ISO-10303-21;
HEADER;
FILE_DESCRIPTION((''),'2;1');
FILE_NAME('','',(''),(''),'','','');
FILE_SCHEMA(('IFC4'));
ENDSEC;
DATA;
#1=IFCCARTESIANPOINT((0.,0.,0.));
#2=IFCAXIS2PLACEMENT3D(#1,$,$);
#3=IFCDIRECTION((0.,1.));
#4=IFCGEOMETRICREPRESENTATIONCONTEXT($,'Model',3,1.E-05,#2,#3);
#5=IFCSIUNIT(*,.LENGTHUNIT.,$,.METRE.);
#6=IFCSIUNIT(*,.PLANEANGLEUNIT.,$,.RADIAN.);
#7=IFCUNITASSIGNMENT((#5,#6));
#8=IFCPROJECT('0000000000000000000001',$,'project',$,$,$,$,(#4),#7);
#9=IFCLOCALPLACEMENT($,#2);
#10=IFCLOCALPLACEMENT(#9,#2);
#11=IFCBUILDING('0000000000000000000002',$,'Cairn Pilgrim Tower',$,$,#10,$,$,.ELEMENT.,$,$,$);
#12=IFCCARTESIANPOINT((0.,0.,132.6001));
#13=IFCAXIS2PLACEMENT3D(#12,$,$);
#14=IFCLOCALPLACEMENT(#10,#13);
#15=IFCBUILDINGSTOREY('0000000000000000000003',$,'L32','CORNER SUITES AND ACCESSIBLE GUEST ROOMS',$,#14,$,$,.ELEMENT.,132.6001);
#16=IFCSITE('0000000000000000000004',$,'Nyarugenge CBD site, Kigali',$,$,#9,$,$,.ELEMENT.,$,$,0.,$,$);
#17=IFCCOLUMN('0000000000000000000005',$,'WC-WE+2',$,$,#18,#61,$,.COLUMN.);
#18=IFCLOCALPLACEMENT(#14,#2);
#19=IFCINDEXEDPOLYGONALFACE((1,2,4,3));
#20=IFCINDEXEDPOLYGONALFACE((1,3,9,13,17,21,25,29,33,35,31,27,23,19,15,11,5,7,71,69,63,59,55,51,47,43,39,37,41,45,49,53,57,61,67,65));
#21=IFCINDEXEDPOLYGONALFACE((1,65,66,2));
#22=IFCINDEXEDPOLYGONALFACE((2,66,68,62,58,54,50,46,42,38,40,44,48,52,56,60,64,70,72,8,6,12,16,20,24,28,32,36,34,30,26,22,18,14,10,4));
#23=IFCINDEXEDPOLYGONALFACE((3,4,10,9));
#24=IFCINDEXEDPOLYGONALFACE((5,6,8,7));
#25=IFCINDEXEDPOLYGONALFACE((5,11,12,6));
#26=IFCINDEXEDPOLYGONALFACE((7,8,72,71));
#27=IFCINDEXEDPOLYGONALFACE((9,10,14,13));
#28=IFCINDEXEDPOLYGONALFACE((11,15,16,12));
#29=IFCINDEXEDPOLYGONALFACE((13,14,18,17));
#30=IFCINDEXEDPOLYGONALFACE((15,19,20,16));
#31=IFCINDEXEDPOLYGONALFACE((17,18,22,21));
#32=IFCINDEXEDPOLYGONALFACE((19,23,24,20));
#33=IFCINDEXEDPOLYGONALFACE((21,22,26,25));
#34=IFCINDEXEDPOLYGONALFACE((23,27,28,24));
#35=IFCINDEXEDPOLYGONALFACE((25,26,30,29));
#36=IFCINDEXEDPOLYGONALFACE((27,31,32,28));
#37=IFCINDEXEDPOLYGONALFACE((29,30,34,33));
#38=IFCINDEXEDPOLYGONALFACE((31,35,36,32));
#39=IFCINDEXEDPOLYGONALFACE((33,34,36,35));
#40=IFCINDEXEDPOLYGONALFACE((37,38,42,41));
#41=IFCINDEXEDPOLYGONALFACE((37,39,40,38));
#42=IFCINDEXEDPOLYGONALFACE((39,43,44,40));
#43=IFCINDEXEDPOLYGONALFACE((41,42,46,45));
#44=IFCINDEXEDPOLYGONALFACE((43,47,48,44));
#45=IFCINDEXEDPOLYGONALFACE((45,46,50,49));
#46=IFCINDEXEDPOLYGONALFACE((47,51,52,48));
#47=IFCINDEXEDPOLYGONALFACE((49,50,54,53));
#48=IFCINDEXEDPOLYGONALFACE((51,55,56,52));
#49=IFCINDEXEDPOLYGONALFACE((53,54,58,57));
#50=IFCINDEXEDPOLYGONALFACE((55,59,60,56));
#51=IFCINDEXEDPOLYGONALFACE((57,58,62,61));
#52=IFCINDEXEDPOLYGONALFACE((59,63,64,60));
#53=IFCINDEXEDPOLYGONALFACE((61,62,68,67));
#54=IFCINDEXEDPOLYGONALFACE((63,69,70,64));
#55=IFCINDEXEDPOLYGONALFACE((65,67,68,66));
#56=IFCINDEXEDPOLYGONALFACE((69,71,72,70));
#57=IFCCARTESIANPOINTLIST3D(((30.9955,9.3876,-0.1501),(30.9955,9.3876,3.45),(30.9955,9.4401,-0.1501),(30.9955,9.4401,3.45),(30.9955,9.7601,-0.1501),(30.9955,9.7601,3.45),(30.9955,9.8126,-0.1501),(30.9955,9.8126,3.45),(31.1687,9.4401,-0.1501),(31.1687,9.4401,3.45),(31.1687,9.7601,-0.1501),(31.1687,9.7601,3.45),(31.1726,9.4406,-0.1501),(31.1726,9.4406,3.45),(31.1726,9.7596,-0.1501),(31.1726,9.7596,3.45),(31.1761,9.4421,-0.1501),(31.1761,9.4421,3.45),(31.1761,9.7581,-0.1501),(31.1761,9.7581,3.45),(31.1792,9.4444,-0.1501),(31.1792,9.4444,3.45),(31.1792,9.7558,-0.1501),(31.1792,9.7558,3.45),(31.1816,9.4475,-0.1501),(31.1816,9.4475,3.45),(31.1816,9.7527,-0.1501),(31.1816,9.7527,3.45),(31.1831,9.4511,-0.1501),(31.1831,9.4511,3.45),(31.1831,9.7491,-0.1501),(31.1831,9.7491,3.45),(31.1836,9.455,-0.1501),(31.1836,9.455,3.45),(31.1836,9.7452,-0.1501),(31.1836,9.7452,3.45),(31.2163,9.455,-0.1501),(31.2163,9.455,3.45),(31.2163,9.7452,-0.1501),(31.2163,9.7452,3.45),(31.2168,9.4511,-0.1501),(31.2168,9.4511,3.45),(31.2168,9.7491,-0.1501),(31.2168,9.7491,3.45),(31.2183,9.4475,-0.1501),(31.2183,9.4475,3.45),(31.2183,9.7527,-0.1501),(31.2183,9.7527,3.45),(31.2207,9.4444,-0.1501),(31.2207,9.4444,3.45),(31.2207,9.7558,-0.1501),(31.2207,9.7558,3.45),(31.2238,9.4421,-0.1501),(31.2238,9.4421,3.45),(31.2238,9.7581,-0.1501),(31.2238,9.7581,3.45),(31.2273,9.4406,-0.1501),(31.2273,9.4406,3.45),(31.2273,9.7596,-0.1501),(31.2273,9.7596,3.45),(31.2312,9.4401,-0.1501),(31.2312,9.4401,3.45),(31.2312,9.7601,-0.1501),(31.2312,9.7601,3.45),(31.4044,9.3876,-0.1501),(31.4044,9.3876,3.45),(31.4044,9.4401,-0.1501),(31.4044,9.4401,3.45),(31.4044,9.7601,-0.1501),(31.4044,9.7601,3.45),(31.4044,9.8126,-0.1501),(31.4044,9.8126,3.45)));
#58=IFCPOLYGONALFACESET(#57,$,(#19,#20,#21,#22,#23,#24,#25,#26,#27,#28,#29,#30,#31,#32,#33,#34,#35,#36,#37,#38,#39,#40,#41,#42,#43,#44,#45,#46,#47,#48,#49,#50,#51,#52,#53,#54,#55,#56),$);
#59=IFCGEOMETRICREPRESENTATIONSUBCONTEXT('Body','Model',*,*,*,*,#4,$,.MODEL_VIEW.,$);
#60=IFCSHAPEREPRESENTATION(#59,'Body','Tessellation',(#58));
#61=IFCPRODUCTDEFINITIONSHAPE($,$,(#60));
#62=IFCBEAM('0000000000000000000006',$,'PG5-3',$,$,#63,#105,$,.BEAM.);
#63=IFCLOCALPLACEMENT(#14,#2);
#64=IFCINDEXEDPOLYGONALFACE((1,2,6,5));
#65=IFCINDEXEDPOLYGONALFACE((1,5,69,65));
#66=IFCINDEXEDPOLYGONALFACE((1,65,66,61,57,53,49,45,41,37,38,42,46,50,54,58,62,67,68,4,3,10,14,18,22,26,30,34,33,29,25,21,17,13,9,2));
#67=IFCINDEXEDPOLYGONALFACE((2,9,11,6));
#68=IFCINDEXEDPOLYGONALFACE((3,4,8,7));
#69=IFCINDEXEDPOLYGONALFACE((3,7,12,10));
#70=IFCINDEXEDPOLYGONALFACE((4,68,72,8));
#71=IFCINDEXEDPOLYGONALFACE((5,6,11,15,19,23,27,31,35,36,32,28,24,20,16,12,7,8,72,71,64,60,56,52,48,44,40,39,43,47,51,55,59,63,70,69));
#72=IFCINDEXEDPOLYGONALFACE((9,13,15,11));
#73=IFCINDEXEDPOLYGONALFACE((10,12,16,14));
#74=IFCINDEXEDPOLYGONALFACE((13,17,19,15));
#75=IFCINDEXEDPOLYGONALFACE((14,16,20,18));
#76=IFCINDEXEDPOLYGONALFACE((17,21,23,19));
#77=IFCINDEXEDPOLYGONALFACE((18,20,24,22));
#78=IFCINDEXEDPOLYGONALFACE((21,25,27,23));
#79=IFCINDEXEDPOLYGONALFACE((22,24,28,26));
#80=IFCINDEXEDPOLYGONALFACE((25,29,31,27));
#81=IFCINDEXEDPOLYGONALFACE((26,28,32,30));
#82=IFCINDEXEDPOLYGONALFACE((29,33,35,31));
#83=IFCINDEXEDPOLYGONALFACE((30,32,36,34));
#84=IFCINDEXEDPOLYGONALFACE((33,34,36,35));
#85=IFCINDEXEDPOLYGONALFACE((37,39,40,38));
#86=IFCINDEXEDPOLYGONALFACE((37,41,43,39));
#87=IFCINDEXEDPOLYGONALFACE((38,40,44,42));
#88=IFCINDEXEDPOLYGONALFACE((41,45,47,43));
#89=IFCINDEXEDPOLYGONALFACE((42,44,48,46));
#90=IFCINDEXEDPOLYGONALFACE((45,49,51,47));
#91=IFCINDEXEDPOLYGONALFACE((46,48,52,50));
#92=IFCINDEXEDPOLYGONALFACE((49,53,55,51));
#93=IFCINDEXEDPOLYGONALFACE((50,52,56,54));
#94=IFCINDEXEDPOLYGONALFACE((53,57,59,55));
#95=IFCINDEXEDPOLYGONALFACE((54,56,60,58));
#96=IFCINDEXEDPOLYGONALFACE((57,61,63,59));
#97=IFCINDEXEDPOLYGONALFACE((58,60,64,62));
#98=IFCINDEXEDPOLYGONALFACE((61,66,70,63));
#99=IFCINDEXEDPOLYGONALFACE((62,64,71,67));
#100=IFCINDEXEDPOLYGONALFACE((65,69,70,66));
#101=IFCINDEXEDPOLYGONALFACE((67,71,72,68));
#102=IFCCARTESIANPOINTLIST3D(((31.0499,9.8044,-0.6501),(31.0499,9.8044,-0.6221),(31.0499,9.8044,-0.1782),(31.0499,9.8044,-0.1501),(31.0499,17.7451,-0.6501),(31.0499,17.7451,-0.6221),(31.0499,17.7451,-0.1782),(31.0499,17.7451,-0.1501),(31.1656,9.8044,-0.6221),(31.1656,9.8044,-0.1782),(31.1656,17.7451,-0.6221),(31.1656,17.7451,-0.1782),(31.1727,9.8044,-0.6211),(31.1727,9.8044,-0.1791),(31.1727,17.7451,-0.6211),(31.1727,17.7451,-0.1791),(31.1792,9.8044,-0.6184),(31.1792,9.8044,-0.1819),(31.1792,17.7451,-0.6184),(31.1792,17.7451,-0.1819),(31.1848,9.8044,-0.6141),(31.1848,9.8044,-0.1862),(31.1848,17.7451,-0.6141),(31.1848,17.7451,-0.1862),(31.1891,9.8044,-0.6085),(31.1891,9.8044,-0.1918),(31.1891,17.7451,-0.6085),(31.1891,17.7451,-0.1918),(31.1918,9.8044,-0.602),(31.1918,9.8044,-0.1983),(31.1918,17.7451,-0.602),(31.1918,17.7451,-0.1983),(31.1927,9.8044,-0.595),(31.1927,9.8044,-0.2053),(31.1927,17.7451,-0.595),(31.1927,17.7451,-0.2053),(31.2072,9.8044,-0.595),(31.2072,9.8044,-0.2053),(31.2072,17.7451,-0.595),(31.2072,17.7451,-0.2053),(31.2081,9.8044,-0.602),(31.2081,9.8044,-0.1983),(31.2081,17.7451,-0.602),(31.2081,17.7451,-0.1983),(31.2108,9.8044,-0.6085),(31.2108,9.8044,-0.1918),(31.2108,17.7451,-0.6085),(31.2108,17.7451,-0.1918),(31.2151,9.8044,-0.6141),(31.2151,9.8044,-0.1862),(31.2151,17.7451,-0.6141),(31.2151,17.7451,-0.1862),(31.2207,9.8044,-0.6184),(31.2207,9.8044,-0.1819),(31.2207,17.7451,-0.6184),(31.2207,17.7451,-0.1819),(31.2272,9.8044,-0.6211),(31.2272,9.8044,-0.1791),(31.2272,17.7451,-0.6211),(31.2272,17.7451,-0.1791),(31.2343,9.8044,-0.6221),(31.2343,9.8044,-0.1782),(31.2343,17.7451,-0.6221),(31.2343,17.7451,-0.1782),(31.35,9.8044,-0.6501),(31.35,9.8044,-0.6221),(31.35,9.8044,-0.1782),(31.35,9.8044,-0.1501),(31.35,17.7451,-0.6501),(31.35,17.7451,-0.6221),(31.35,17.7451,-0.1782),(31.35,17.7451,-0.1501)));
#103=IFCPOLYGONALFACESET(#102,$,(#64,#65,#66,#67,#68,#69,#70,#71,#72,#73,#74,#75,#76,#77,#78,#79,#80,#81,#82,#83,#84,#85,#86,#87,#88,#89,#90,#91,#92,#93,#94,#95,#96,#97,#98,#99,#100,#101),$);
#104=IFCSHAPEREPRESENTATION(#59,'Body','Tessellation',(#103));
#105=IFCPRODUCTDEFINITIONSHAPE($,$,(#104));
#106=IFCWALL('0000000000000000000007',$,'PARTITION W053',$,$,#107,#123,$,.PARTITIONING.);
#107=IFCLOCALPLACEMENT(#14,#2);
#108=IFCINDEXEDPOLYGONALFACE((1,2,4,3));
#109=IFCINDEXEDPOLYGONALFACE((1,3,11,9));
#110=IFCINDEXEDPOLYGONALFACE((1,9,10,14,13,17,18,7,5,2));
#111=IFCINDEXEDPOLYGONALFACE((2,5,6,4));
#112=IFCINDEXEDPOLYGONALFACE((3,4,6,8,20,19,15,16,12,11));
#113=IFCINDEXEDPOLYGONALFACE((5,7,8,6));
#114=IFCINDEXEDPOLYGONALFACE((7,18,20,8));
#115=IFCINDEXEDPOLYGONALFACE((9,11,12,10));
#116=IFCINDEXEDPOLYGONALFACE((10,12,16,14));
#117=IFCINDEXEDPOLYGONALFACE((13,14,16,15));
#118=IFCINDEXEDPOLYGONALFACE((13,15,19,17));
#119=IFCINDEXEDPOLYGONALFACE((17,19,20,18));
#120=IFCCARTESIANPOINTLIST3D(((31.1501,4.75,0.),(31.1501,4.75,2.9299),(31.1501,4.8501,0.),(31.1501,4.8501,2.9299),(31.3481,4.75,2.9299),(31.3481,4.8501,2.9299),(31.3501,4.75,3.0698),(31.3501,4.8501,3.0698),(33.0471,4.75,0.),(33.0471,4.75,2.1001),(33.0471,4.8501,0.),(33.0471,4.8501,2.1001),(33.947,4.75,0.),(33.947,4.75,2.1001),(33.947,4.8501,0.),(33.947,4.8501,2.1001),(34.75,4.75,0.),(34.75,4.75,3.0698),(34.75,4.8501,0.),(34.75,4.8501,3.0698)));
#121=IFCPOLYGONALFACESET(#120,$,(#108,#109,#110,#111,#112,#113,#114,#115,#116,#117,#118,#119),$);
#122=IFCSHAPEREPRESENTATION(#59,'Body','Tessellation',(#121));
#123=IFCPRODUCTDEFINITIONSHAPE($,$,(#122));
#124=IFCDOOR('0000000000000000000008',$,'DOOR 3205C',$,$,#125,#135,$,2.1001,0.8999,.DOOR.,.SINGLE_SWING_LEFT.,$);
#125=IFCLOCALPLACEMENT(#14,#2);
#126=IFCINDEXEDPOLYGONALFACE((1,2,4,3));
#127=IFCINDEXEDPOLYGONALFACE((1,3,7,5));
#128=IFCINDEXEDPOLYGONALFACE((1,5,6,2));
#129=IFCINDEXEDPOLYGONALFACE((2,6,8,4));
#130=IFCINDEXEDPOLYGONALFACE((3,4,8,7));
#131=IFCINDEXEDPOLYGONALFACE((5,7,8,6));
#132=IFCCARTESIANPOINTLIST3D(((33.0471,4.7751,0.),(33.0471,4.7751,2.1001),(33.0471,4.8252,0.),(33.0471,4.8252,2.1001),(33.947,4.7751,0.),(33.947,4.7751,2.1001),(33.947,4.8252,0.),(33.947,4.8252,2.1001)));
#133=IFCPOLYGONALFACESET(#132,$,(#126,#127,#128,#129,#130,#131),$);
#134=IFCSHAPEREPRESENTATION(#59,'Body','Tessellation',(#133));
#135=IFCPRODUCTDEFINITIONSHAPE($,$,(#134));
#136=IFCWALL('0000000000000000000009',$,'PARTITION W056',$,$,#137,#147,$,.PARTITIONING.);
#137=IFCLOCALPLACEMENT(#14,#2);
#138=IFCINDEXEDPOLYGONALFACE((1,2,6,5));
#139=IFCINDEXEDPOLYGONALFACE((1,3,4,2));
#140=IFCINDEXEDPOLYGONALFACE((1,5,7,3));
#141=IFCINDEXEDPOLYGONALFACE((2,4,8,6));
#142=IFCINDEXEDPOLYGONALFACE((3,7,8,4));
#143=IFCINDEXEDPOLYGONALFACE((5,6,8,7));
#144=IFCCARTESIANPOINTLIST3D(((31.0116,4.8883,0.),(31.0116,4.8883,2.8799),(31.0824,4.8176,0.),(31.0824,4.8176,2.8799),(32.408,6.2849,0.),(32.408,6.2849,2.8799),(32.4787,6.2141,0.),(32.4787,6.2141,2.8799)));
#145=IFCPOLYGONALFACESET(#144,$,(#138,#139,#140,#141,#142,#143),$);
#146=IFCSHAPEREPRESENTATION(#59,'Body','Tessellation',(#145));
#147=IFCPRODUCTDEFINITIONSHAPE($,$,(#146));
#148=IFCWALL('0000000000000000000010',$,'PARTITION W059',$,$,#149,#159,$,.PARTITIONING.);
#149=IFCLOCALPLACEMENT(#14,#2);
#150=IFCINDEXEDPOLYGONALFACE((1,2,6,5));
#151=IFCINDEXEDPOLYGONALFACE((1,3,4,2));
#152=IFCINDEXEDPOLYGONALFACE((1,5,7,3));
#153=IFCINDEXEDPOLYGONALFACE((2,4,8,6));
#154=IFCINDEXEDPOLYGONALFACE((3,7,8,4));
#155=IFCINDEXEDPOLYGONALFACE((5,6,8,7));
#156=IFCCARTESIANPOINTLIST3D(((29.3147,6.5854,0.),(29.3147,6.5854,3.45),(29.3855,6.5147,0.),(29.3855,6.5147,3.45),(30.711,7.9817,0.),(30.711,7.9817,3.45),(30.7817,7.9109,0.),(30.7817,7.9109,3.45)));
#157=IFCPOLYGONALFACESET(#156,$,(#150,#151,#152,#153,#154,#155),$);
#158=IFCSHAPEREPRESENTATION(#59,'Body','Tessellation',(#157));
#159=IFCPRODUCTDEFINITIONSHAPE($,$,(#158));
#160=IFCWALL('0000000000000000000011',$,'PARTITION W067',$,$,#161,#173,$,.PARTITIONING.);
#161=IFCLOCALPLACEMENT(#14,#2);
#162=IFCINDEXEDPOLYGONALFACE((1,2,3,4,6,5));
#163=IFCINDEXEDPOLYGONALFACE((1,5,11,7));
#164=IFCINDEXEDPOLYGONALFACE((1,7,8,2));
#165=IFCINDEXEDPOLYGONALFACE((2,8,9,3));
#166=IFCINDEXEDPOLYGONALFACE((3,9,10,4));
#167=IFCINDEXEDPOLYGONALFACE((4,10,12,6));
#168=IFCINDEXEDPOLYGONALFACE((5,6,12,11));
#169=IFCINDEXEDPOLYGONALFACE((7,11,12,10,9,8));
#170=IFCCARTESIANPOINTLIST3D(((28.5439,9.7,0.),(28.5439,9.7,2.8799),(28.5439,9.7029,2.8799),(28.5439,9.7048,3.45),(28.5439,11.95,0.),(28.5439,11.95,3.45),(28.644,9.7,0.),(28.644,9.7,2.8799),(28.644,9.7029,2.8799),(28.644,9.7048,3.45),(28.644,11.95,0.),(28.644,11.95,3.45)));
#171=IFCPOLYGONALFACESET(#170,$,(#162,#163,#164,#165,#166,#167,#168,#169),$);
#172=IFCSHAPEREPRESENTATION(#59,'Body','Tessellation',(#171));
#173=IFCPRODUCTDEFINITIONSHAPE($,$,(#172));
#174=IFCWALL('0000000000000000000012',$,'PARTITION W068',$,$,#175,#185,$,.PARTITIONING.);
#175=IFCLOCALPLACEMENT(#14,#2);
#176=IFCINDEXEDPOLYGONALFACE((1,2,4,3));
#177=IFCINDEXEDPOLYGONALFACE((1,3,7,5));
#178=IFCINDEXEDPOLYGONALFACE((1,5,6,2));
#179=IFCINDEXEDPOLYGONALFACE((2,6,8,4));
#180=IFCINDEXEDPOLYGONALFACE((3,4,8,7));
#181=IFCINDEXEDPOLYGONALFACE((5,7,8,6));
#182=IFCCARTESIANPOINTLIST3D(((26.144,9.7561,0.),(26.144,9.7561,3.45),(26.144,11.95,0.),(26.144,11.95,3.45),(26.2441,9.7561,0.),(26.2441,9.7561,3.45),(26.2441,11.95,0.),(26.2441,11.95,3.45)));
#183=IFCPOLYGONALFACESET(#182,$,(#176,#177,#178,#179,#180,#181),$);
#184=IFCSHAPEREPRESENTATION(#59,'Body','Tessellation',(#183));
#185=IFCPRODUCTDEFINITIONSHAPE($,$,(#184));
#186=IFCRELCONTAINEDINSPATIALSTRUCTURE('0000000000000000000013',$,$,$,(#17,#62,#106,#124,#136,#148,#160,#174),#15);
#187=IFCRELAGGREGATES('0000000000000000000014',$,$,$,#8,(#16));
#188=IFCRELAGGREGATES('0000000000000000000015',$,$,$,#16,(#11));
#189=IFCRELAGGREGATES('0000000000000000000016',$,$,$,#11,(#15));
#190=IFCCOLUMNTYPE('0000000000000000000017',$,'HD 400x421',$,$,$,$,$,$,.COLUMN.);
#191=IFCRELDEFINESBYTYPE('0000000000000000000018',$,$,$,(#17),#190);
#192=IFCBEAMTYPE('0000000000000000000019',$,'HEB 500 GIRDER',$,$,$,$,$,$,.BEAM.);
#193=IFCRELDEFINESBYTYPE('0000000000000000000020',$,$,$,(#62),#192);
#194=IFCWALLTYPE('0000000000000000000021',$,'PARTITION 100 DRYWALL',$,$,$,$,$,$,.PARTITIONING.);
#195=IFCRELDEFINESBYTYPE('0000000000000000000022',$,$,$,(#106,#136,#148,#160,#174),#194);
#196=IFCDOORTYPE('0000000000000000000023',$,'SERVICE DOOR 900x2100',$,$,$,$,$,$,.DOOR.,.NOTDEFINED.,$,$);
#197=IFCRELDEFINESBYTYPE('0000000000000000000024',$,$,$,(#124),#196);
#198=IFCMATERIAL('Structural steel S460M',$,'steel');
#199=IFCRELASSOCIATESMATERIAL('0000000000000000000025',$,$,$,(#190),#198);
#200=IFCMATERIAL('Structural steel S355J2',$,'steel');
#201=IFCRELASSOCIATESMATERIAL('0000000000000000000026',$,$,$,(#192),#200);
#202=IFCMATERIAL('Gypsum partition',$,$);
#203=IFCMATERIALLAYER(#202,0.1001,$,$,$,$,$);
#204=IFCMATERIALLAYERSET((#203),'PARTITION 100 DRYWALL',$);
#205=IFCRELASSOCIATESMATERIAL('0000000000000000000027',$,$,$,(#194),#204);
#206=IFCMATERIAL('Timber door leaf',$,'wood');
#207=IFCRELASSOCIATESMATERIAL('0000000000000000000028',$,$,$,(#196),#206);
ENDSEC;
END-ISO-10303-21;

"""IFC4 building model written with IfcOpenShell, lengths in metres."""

from ifc_helpers import new_model, si_unit, direction, frame, frame_2d, origin, origin_2d, place, context, subcontext, project, spatial, polyline, rectangle, i_section, outline, extrude, material, layer, layer_set, material_profile, profile_set, type_object, element, fill, save


model = new_model("IFC4")

# Units and contexts
model_context = context("Model", 3, precision=1e-05, world=origin(), true_north=direction((0.0, 1.0)))
body_context = subcontext(model_context, "Body", "Model", "MODEL_VIEW")
ifc_project = project(units=[si_unit("LENGTHUNIT", "METRE"), si_unit("PLANEANGLEUNIT", "RADIAN")], contexts=[model_context])

# Site, building, storey
site_placement = place(None, origin())
site = spatial("IfcSite", under=ifc_project, at=site_placement, Name="Nyarugenge CBD site, Kigali", CompositionType="ELEMENT", RefElevation=0.0)
building_placement = place(site_placement, origin())
building = spatial("IfcBuilding", under=site, at=building_placement, Name="Cairn Pilgrim Tower", CompositionType="ELEMENT")
storey_placement = place(building_placement, frame((0.0, 0.0, 132.6001)))
storey = spatial("IfcBuildingStorey", under=building, at=storey_placement, Name="L32", Description="CORNER SUITES AND ACCESSIBLE GUEST ROOMS", CompositionType="ELEMENT", Elevation=132.6001)

# Column
ifc_material_1 = material(Name="Structural steel S460M", Category="steel")
ifc_material_profile_1 = material_profile(ifc_material_1, i_section(OverallWidth=0.4089, OverallDepth=0.425, WebThickness=0.0327, FlangeThickness=0.0525, FilletRadius=0.0149, at=origin_2d()), Name="HD 400x421")
ifc_profile_set_1 = profile_set([ifc_material_profile_1], Name="Structural steel S460M")
column_type = type_object("IfcColumnType", Name="HD 400x421", PredefinedType="COLUMN", material=ifc_profile_set_1)
column_placement = place(storey_placement, frame((31.2, 9.6001, -0.1501), z_axis=(0.0, 0.0, 1.0), x_axis=(1.0, 0.0, 0.0)))
element("IfcColumn", 1, at=column_placement, inside=storey, type_object=column_type, Name="WC-WE+2", PredefinedType="COLUMN", context=body_context, shape_type="SweptSolid", body=[
    extrude(i_section(OverallWidth=0.4089, OverallDepth=0.425, WebThickness=0.0327, FlangeThickness=0.0525, FilletRadius=0.0149, at=origin_2d()), origin(), (0.0, 0.0, 1.0), 3.6001),
])

# Beam
ifc_material_2 = material(Name="Structural steel S355J2", Category="steel")
ifc_material_profile_2 = material_profile(ifc_material_2, i_section(OverallWidth=0.3, OverallDepth=0.5, WebThickness=0.0144, FlangeThickness=0.0281, FilletRadius=0.0271, at=origin_2d()), Name="HEB 500")
ifc_profile_set_2 = profile_set([ifc_material_profile_2], Name="Structural steel S355J2")
beam_type = type_object("IfcBeamType", Name="HEB 500 GIRDER", PredefinedType="BEAM", material=ifc_profile_set_2)
beam_placement = place(storey_placement, frame((31.2, 9.8044, -0.4001), z_axis=(0.0, 1.0, 0.0), x_axis=(-1.0, 0.0, 0.0)))
element("IfcBeam", 2, at=beam_placement, inside=storey, type_object=beam_type, Name="PG5-3", PredefinedType="BEAM", context=body_context, shape_type="SweptSolid", body=[
    extrude(i_section(OverallWidth=0.3, OverallDepth=0.5, WebThickness=0.0144, FlangeThickness=0.0281, FilletRadius=0.0271, at=origin_2d()), origin(), (0.0, 0.0, 1.0), 7.9407),
])

# Wall, opening, door
ifc_material_3 = material(Name="Gypsum partition")
ifc_layer_1 = layer(ifc_material_3, 0.1001)
ifc_layer_set_1 = layer_set([ifc_layer_1], Name="PARTITION 100 DRYWALL")
wall_type_1 = type_object("IfcWallType", Name="PARTITION 100 DRYWALL", PredefinedType="PARTITIONING", material=ifc_layer_set_1)
wall_1_placement = place(storey_placement, frame((31.1501, 4.8, 0.0), z_axis=(0.0, 0.0, 1.0), x_axis=(1.0, 0.0, 0.0)))
wall_1 = element("IfcWall", 3, at=wall_1_placement, inside=storey, type_object=wall_type_1, Name="PARTITION W053", PredefinedType="PARTITIONING", context=body_context, shape_type="SweptSolid", body=[
    extrude(outline(polyline([(0.0, 0.0), (3.5999, 0.0), (3.5999, 3.0698), (0.2, 3.0698), (0.198, 2.9299), (0.0, 2.9299), (0.0, 0.0)])), frame((0.0, 0.05, 0.0), z_axis=(0.0, -1.0, 0.0), x_axis=(1.0, 0.0, 0.0)), (0.0, 0.0, 1.0), 0.1001),
])
opening_1_placement = place(wall_1_placement, frame((1.897, 0.0, 0.0)))
opening_1 = element("IfcOpeningElement", 4, at=opening_1_placement, cuts=wall_1, PredefinedType="OPENING", context=body_context, shape_type="SweptSolid", body=[
    extrude(rectangle(XDim=0.8999, YDim=2.1001, at=frame_2d((0.45, 1.05))), frame((0.0, 0.0601, 0.0), z_axis=(0.0, -1.0, 0.0), x_axis=(1.0, 0.0, 0.0)), (0.0, 0.0, 1.0), 0.1201),
])
ifc_material_4 = material(Name="Timber door leaf", Category="wood")
door_type_1 = type_object("IfcDoorType", Name="SERVICE DOOR 900x2100", OperationType="NOTDEFINED", PredefinedType="DOOR", material=ifc_material_4)
door_1_placement = place(opening_1_placement, frame((0.8999, 0.0, 0.0), z_axis=(0.0, 0.0, 1.0), x_axis=(-1.0, 0.0, 0.0)))
door_1 = element("IfcDoor", 5, at=door_1_placement, inside=storey, type_object=door_type_1, Name="DOOR 3205C", OperationType="SINGLE_SWING_LEFT", OverallHeight=2.1001, OverallWidth=0.8999, PredefinedType="DOOR", context=body_context, shape_type="SweptSolid", body=[
    extrude(rectangle(XDim=0.8999, YDim=2.1001, at=frame_2d((0.45, 1.05))), frame((0.0, 0.0249, 0.0), z_axis=(0.0, -1.0, 0.0), x_axis=(1.0, 0.0, 0.0)), (0.0, 0.0, 1.0), 0.05),
])
fill(opening_1, door_1)

# Walls
wall_2_placement = place(storey_placement, frame((31.0471, 4.853, 0.0), z_axis=(0.0, 0.0, 1.0), x_axis=(0.707045, 0.707169, 0.0)))
element("IfcWall", 6, at=wall_2_placement, inside=storey, type_object=wall_type_1, Name="PARTITION W056", PredefinedType="PARTITIONING", context=body_context, shape_type="SweptSolid", body=[
    extrude(rectangle(XDim=1.9749, YDim=0.1001, at=frame_2d((0.9873, 0.0))), origin(), (0.0, 0.0, 1.0), 2.8799),
])
wall_3_placement = place(storey_placement, frame((29.3501, 6.55, 0.0), z_axis=(0.0, 0.0, 1.0), x_axis=(0.707107, 0.707107, 0.0)))
element("IfcWall", 7, at=wall_3_placement, inside=storey, type_object=wall_type_1, Name="PARTITION W059", PredefinedType="PARTITIONING", context=body_context, shape_type="SweptSolid", body=[
    extrude(rectangle(XDim=1.9746, YDim=0.1001, at=frame_2d((0.9873, 0.0))), origin(), (0.0, 0.0, 1.0), 3.45),
])
wall_4_placement = place(storey_placement, frame((28.594, 9.7, 0.0), z_axis=(0.0, 0.0, 1.0), x_axis=(0.0, 1.0, 0.0)))
element("IfcWall", 8, at=wall_4_placement, inside=storey, type_object=wall_type_1, Name="PARTITION W067", PredefinedType="PARTITIONING", context=body_context, shape_type="SweptSolid", body=[
    extrude(outline(polyline([(0.0, 0.0), (2.25, 0.0), (2.25, 3.45), (0.0049, 3.45), (0.0029, 2.8799), (0.0, 2.8799), (0.0, 0.0)])), frame((0.0, 0.05, 0.0), z_axis=(0.0, -1.0, 0.0), x_axis=(1.0, 0.0, 0.0)), (0.0, 0.0, 1.0), 0.1001),
])
wall_5_placement = place(storey_placement, frame((26.1941, 9.7561, 0.0), z_axis=(0.0, 0.0, 1.0), x_axis=(0.0, 1.0, 0.0)))
element("IfcWall", 9, at=wall_5_placement, inside=storey, type_object=wall_type_1, Name="PARTITION W068", PredefinedType="PARTITIONING", context=body_context, shape_type="SweptSolid", body=[
    extrude(rectangle(XDim=2.1938, YDim=0.1001, at=frame_2d((1.0969, 0.0))), origin(), (0.0, 0.0, 1.0), 3.45),
])

save(model, "model.ifc")
